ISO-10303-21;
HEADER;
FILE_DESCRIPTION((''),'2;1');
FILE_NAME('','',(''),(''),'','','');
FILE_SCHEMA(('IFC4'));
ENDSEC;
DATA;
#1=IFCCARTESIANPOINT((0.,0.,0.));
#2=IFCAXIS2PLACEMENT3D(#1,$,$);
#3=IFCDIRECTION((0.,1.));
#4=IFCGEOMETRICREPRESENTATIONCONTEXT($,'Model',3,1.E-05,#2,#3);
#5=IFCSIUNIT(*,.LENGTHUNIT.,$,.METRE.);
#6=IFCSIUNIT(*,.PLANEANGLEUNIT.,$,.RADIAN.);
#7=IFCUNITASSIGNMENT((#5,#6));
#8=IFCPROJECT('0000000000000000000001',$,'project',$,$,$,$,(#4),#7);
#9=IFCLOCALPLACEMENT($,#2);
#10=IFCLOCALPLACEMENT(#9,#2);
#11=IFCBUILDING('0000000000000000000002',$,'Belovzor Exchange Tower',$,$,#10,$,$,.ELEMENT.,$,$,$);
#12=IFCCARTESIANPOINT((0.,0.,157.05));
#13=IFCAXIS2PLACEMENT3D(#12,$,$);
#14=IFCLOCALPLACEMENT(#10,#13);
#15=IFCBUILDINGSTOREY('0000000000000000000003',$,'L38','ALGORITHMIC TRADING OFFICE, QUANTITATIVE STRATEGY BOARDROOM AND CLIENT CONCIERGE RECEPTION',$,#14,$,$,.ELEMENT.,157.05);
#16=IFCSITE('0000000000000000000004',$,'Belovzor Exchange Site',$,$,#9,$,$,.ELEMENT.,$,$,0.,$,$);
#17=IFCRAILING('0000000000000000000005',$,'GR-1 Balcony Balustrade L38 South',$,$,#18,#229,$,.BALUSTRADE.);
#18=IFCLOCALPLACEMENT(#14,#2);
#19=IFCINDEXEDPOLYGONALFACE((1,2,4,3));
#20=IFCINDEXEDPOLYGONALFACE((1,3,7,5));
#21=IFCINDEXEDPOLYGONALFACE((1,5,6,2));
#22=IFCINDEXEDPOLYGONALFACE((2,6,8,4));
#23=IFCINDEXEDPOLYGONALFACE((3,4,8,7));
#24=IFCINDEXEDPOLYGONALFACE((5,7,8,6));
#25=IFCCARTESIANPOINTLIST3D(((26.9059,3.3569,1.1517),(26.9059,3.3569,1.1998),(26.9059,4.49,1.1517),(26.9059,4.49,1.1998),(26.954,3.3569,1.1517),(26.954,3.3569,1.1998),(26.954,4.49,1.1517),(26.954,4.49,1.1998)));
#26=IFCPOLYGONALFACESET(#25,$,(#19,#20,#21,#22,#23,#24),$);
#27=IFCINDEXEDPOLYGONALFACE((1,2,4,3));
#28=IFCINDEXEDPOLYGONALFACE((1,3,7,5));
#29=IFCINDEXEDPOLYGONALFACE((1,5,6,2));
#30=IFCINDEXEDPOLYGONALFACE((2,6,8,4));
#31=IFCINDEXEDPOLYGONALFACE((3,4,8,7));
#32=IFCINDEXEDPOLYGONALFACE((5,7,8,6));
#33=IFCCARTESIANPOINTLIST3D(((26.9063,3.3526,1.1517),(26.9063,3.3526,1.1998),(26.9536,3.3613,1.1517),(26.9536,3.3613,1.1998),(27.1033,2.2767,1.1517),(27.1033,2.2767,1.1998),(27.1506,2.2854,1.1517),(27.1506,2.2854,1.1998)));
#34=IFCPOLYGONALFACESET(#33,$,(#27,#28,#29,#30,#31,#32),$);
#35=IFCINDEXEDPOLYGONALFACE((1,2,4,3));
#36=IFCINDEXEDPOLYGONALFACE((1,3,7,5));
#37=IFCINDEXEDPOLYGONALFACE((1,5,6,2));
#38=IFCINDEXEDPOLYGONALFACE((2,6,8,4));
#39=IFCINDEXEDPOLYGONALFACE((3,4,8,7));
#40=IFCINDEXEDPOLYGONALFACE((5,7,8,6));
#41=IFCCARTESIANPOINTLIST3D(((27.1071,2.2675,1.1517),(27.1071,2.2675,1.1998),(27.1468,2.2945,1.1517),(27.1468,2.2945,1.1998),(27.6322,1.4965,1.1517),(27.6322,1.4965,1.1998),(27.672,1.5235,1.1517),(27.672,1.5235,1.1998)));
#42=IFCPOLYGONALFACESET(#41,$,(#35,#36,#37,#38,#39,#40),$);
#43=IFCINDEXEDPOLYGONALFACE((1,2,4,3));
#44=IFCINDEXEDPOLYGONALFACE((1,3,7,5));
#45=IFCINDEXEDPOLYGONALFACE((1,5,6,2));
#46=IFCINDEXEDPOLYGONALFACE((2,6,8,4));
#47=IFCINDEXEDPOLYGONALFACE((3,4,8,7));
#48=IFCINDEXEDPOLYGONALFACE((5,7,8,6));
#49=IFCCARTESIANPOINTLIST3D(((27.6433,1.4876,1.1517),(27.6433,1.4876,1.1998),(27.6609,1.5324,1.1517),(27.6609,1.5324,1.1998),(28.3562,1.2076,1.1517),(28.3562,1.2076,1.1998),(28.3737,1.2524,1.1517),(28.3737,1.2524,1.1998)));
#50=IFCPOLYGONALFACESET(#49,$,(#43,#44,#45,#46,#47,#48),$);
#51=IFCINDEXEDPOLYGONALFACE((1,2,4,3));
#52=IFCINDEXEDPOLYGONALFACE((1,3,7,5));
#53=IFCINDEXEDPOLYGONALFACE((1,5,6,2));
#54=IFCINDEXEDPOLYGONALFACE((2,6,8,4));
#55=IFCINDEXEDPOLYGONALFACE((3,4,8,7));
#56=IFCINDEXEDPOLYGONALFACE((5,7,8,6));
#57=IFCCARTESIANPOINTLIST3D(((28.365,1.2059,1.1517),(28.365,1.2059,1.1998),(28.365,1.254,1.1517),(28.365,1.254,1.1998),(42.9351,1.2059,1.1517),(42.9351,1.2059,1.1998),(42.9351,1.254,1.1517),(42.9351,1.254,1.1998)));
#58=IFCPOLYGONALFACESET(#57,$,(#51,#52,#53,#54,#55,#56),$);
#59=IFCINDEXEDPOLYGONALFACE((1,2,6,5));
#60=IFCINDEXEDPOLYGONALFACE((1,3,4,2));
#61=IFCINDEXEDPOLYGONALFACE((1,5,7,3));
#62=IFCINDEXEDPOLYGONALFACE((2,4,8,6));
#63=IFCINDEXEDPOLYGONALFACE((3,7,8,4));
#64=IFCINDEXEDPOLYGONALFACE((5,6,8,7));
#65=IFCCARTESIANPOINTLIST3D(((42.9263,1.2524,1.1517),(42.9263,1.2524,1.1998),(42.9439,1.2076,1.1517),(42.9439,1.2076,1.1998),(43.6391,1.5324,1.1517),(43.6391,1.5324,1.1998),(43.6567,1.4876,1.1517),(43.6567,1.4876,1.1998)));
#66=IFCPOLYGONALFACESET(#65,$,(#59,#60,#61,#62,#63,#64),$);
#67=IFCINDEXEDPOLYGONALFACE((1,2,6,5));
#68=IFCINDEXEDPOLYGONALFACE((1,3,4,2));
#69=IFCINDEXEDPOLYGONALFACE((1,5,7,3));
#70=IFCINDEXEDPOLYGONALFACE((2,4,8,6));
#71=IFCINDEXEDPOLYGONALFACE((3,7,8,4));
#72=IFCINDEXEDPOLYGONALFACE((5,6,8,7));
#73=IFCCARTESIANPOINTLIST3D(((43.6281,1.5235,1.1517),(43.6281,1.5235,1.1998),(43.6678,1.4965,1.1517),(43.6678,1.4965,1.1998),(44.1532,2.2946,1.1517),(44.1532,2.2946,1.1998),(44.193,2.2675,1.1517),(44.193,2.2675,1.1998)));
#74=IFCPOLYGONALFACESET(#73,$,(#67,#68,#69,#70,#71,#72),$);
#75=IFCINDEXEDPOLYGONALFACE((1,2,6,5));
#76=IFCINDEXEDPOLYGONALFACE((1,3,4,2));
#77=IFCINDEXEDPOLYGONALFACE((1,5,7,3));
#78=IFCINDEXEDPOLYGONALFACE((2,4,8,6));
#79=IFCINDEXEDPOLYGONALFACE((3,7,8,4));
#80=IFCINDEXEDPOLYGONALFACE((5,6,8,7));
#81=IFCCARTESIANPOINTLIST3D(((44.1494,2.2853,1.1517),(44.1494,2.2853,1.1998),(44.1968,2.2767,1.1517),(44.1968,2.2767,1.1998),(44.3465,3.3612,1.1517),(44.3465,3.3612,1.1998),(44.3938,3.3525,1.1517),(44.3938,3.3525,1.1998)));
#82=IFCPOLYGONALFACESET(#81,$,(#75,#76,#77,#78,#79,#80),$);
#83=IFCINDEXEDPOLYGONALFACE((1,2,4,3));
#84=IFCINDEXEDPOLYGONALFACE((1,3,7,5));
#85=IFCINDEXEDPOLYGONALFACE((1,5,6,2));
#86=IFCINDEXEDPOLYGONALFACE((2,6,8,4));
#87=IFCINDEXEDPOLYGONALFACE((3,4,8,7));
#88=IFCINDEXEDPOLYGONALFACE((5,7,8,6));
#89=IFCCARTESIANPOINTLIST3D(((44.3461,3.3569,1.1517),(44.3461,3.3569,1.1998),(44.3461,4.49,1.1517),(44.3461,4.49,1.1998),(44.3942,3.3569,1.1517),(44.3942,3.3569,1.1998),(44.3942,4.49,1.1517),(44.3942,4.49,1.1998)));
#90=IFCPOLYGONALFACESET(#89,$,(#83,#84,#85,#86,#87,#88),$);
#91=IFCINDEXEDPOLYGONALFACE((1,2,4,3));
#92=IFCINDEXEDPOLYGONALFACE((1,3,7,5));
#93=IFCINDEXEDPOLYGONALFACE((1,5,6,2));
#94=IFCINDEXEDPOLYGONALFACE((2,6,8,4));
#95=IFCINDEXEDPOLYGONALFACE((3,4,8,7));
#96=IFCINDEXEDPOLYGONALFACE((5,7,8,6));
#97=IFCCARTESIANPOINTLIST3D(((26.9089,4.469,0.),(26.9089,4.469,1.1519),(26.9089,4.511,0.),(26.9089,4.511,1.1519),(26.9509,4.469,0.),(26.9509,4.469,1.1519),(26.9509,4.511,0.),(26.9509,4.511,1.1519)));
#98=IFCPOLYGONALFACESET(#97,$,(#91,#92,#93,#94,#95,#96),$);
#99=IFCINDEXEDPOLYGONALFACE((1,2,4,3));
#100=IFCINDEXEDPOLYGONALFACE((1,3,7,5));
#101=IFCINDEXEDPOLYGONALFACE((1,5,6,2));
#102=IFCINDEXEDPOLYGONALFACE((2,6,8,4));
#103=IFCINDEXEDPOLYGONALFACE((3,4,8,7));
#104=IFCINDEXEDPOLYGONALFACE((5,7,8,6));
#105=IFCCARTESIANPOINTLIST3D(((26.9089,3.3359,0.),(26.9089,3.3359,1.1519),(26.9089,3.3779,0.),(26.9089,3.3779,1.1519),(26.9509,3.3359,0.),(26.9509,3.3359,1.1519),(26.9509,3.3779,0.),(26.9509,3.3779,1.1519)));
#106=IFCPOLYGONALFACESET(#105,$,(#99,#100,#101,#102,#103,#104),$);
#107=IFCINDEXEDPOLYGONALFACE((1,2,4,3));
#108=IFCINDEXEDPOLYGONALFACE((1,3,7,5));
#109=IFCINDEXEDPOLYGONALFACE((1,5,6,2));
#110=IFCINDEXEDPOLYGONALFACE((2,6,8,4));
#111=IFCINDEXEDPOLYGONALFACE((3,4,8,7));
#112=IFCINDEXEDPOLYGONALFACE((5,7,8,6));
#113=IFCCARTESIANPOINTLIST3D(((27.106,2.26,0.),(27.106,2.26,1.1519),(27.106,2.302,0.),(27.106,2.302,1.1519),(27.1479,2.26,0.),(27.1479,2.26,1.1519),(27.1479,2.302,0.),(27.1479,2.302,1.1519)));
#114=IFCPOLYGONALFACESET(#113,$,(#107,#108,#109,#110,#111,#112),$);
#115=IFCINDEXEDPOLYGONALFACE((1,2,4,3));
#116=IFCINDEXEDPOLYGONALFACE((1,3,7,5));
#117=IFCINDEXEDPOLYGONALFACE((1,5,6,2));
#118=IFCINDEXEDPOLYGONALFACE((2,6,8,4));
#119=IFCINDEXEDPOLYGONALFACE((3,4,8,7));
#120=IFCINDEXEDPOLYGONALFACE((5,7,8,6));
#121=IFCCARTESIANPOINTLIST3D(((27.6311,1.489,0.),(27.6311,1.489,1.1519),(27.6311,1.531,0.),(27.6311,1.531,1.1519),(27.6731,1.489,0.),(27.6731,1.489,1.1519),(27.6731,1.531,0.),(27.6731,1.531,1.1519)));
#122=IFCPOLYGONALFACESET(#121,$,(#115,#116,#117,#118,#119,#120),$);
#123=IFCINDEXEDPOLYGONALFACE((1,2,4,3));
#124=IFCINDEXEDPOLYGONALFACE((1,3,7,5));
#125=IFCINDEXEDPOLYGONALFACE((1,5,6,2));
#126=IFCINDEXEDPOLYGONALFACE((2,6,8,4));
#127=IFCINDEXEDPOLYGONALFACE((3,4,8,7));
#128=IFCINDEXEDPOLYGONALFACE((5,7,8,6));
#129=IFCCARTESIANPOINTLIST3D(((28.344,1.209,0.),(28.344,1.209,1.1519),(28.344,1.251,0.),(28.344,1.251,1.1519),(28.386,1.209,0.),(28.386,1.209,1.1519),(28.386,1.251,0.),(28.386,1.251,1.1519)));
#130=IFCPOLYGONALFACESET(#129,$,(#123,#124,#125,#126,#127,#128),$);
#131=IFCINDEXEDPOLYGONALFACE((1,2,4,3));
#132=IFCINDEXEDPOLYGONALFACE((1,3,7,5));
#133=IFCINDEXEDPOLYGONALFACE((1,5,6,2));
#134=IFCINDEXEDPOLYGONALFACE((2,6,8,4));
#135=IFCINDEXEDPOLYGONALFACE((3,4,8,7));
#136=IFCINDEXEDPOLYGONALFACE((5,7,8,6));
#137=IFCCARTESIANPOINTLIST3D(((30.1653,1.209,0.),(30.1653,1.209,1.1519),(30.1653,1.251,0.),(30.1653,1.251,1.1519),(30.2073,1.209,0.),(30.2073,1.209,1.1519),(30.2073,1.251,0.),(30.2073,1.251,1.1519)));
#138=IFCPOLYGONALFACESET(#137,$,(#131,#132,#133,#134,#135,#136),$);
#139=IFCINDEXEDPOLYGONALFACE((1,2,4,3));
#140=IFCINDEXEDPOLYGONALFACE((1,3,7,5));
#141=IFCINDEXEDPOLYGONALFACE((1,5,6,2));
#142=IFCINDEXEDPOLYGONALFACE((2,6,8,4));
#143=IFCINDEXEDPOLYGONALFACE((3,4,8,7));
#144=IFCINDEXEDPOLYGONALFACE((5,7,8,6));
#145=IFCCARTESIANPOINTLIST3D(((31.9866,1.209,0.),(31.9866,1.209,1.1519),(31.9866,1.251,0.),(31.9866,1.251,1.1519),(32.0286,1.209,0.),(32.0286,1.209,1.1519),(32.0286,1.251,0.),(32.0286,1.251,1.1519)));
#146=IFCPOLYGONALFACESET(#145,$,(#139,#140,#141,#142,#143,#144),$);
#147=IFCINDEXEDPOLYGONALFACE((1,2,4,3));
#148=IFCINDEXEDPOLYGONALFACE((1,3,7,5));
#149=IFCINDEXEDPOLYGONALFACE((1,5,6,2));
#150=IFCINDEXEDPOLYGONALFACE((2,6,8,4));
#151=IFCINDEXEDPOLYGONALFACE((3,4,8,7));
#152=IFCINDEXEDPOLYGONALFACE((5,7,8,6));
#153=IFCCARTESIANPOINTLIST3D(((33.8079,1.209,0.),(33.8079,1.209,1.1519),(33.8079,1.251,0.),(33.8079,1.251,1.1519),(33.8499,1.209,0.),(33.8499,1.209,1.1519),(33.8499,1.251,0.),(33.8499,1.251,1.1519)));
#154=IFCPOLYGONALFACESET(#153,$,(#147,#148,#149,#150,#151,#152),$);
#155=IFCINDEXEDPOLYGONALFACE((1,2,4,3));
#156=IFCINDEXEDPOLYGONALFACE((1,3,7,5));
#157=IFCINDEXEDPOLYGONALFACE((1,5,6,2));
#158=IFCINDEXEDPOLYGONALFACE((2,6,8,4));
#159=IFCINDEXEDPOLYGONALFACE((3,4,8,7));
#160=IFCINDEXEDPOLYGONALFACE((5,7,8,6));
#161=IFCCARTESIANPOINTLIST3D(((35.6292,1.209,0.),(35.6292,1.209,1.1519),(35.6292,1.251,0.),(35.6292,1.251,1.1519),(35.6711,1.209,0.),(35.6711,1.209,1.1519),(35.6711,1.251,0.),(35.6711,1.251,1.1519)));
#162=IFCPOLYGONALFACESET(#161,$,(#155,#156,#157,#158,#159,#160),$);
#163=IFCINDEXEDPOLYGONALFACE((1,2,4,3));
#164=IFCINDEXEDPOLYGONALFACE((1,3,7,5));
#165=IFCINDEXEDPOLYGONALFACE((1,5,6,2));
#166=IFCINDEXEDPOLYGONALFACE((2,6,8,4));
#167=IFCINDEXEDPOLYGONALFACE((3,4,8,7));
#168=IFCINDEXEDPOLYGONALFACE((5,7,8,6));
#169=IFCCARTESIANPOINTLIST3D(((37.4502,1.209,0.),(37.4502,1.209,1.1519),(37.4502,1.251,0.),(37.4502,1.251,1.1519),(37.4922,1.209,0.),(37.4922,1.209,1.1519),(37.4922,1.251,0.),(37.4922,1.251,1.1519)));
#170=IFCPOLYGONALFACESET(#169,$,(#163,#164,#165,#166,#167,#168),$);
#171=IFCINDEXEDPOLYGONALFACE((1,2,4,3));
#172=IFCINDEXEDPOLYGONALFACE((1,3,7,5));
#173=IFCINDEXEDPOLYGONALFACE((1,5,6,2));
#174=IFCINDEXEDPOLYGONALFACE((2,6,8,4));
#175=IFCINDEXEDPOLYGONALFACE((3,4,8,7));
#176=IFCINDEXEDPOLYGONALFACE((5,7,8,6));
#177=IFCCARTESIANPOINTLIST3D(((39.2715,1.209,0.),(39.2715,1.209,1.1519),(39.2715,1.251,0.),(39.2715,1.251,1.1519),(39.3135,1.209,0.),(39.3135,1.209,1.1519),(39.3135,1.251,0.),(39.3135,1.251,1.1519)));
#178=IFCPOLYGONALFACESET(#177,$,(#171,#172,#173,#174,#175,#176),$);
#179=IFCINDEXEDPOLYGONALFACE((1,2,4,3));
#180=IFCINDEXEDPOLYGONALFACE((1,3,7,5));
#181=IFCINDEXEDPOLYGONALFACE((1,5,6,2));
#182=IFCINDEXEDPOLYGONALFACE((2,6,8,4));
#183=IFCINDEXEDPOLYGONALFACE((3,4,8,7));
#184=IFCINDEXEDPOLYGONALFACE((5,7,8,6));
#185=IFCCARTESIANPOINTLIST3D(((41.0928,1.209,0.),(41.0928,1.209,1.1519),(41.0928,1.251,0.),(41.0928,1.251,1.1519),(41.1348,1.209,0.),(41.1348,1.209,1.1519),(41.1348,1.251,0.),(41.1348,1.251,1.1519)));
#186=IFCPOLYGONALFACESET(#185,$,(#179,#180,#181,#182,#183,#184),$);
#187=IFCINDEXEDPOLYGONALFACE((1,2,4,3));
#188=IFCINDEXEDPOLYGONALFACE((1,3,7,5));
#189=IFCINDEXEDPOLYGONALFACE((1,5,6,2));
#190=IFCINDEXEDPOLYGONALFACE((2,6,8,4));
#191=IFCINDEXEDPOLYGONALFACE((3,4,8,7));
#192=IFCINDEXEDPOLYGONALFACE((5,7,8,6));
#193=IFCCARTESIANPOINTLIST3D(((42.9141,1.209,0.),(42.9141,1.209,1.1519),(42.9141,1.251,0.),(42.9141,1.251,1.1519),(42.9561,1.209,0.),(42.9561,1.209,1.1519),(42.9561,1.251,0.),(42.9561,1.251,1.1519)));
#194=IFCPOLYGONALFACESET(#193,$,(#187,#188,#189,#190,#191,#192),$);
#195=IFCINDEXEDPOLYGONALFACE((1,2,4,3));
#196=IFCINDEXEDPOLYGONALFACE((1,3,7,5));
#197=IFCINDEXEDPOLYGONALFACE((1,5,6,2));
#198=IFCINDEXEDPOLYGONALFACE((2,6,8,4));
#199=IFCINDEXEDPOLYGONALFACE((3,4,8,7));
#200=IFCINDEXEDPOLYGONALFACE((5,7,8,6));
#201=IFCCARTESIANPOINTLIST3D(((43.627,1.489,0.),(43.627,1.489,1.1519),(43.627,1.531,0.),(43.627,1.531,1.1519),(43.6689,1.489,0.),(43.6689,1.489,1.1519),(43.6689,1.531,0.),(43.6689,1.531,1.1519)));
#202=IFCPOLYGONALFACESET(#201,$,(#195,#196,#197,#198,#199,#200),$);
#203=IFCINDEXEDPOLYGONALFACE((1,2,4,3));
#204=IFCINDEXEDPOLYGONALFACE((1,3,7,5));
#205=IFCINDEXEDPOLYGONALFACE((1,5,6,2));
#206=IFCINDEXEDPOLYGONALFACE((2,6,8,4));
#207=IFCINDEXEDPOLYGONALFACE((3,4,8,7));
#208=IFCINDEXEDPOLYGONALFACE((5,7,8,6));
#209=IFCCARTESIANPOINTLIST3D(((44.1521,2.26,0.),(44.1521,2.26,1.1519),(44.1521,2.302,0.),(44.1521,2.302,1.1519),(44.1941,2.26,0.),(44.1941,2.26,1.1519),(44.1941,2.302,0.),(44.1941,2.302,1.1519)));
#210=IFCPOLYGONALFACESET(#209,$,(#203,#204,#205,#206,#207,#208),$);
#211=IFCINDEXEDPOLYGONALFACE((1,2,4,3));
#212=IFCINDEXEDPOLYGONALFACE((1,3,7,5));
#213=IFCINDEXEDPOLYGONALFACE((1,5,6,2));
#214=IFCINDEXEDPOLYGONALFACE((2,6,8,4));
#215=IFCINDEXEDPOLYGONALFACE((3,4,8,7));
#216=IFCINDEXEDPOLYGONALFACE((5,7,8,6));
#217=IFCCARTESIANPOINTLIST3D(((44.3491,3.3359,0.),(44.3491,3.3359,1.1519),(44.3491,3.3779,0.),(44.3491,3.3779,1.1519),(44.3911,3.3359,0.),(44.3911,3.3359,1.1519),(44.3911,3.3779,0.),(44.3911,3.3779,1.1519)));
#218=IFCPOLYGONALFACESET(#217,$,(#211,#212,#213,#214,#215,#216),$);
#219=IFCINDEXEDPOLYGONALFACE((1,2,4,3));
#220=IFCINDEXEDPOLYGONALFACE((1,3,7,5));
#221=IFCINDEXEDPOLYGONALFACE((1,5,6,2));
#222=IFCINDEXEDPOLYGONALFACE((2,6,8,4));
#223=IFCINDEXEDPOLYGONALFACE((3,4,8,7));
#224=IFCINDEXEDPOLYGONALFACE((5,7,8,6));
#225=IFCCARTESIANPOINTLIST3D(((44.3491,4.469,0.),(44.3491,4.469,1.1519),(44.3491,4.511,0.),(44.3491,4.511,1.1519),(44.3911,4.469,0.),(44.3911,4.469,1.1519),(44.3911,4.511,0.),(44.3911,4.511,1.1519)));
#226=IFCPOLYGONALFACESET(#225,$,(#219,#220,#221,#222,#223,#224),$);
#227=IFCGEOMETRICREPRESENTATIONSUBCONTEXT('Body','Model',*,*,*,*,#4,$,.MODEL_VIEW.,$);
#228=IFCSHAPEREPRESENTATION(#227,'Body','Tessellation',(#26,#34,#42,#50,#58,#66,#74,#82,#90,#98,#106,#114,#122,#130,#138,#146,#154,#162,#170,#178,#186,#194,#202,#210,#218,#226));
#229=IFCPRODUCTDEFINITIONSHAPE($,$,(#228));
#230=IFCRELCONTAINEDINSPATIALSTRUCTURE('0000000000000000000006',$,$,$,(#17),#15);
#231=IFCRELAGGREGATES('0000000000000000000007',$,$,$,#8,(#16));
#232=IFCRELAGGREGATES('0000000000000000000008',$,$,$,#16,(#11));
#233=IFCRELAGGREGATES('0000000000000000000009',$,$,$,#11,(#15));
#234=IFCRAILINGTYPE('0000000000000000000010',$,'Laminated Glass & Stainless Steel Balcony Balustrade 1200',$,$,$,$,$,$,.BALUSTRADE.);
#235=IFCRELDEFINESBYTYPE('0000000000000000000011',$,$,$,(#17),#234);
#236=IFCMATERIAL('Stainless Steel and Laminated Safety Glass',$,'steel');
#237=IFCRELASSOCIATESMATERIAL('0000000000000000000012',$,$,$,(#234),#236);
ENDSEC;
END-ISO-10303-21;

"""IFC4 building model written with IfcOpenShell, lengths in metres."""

from ifc_helpers import new_model, si_unit, direction, frame, origin, origin_2d, place, context, subcontext, project, spatial, rectangle, extrude, material, type_object, element, save


model = new_model("IFC4")

# Units and contexts
model_context = context("Model", 3, precision=1e-05, world=origin(), true_north=direction((0.0, 1.0)))
body_context = subcontext(model_context, "Body", "Model", "MODEL_VIEW")
ifc_project = project(units=[si_unit("LENGTHUNIT", "METRE"), si_unit("PLANEANGLEUNIT", "RADIAN")], contexts=[model_context])

# Site, building, storey
site_placement = place(None, origin())
site = spatial("IfcSite", under=ifc_project, at=site_placement, Name="Belovzor Exchange Site", CompositionType="ELEMENT", RefElevation=0.0)
building_placement = place(site_placement, origin())
building = spatial("IfcBuilding", under=site, at=building_placement, Name="Belovzor Exchange Tower", CompositionType="ELEMENT")
storey_placement = place(building_placement, frame((0.0, 0.0, 157.05)))
storey = spatial("IfcBuildingStorey", under=building, at=storey_placement, Name="L38", Description="ALGORITHMIC TRADING OFFICE, QUANTITATIVE STRATEGY BOARDROOM AND CLIENT CONCIERGE RECEPTION", CompositionType="ELEMENT", Elevation=157.05)

# Railing
ifc_material_1 = material(Name="Stainless Steel and Laminated Safety Glass", Category="steel")
railing_type = type_object("IfcRailingType", Name="Laminated Glass & Stainless Steel Balcony Balustrade 1200", PredefinedType="BALUSTRADE", material=ifc_material_1)
railing_placement = place(storey_placement, frame((26.9299, 4.49, 0.0)))
element("IfcRailing", 1, at=railing_placement, inside=storey, type_object=railing_type, Name="GR-1 Balcony Balustrade L38 South", PredefinedType="BALUSTRADE", context=body_context, shape_type="SweptSolid", body=[
    extrude(rectangle(XDim=0.0481, YDim=0.0481, at=origin_2d()), frame((0.0, 0.0, 1.1758), z_axis=(0.0, -1.0, 0.0), x_axis=(1.0, 0.0, 0.0)), (0.0, 0.0, 1.0), 1.1331),
    extrude(rectangle(XDim=0.0481, YDim=0.0481, at=origin_2d()), frame((0.0, -1.1331, 1.1758), z_axis=(0.180123, -0.983644, 0.0), x_axis=(0.983644, 0.180123, 0.0)), (0.0, 0.0, 1.0), 1.0938),
    extrude(rectangle(XDim=0.0481, YDim=0.0481, at=origin_2d()), frame((0.197, -2.209, 1.1758), z_axis=(0.562947, -0.826493, 0.0), x_axis=(0.826493, 0.562947, 0.0)), (0.0, 0.0, 1.0), 0.9329),
    extrude(rectangle(XDim=0.0481, YDim=0.0481, at=origin_2d()), frame((0.7222, -2.98, 1.1758), z_axis=(0.930767, -0.365613, 0.0), x_axis=(0.365613, 0.930767, 0.0)), (0.0, 0.0, 1.0), 0.7659),
    extrude(rectangle(XDim=0.0481, YDim=0.0481, at=origin_2d()), frame((1.4351, -3.26, 1.1758), z_axis=(1.0, 0.0, 0.0), x_axis=(0.0, 1.0, 0.0)), (0.0, 0.0, 1.0), 14.5701),
    extrude(rectangle(XDim=0.0481, YDim=0.0481, at=origin_2d()), frame((16.0051, -3.26, 1.1758), z_axis=(0.930767, 0.365613, 0.0), x_axis=(-0.365613, 0.930767, 0.0)), (0.0, 0.0, 1.0), 0.7659),
    extrude(rectangle(XDim=0.0481, YDim=0.0481, at=origin_2d()), frame((16.718, -2.98, 1.1758), z_axis=(0.562947, 0.826493, 0.0), x_axis=(-0.826493, 0.562947, 0.0)), (0.0, 0.0, 1.0), 0.9329),
    extrude(rectangle(XDim=0.0481, YDim=0.0481, at=origin_2d()), frame((17.2432, -2.209, 1.1758), z_axis=(0.180123, 0.983644, 0.0), x_axis=(-0.983644, 0.180123, 0.0)), (0.0, 0.0, 1.0), 1.0938),
    extrude(rectangle(XDim=0.0481, YDim=0.0481, at=origin_2d()), frame((17.4402, -1.1331, 1.1758), z_axis=(0.0, 1.0, 0.0), x_axis=(-1.0, 0.0, 0.0)), (0.0, 0.0, 1.0), 1.1331),
    extrude(rectangle(XDim=0.042, YDim=0.042, at=origin_2d()), origin(), (0.0, 0.0, 1.0), 1.1519),
    extrude(rectangle(XDim=0.042, YDim=0.042, at=origin_2d()), frame((0.0, -1.1331, 0.0)), (0.0, 0.0, 1.0), 1.1519),
    extrude(rectangle(XDim=0.042, YDim=0.042, at=origin_2d()), frame((0.197, -2.209, 0.0)), (0.0, 0.0, 1.0), 1.1519),
    extrude(rectangle(XDim=0.042, YDim=0.042, at=origin_2d()), frame((0.7222, -2.98, 0.0)), (0.0, 0.0, 1.0), 1.1519),
    extrude(rectangle(XDim=0.042, YDim=0.042, at=origin_2d()), frame((1.4351, -3.26, 0.0)), (0.0, 0.0, 1.0), 1.1519),
    extrude(rectangle(XDim=0.042, YDim=0.042, at=origin_2d()), frame((3.2563, -3.26, 0.0)), (0.0, 0.0, 1.0), 1.1519),
    extrude(rectangle(XDim=0.042, YDim=0.042, at=origin_2d()), frame((5.0776, -3.26, 0.0)), (0.0, 0.0, 1.0), 1.1519),
    extrude(rectangle(XDim=0.042, YDim=0.042, at=origin_2d()), frame((6.8989, -3.26, 0.0)), (0.0, 0.0, 1.0), 1.1519),
    extrude(rectangle(XDim=0.042, YDim=0.042, at=origin_2d()), frame((8.7202, -3.26, 0.0)), (0.0, 0.0, 1.0), 1.1519),
    extrude(rectangle(XDim=0.042, YDim=0.042, at=origin_2d()), frame((10.5413, -3.26, 0.0)), (0.0, 0.0, 1.0), 1.1519),
    extrude(rectangle(XDim=0.042, YDim=0.042, at=origin_2d()), frame((12.3625, -3.26, 0.0)), (0.0, 0.0, 1.0), 1.1519),
    extrude(rectangle(XDim=0.042, YDim=0.042, at=origin_2d()), frame((14.1838, -3.26, 0.0)), (0.0, 0.0, 1.0), 1.1519),
    extrude(rectangle(XDim=0.042, YDim=0.042, at=origin_2d()), frame((16.0051, -3.26, 0.0)), (0.0, 0.0, 1.0), 1.1519),
    extrude(rectangle(XDim=0.042, YDim=0.042, at=origin_2d()), frame((16.718, -2.98, 0.0)), (0.0, 0.0, 1.0), 1.1519),
    extrude(rectangle(XDim=0.042, YDim=0.042, at=origin_2d()), frame((17.2432, -2.209, 0.0)), (0.0, 0.0, 1.0), 1.1519),
    extrude(rectangle(XDim=0.042, YDim=0.042, at=origin_2d()), frame((17.4402, -1.1331, 0.0)), (0.0, 0.0, 1.0), 1.1519),
    extrude(rectangle(XDim=0.042, YDim=0.042, at=origin_2d()), frame((17.4402, 0.0, 0.0)), (0.0, 0.0, 1.0), 1.1519),
])

save(model, "model.ifc")
